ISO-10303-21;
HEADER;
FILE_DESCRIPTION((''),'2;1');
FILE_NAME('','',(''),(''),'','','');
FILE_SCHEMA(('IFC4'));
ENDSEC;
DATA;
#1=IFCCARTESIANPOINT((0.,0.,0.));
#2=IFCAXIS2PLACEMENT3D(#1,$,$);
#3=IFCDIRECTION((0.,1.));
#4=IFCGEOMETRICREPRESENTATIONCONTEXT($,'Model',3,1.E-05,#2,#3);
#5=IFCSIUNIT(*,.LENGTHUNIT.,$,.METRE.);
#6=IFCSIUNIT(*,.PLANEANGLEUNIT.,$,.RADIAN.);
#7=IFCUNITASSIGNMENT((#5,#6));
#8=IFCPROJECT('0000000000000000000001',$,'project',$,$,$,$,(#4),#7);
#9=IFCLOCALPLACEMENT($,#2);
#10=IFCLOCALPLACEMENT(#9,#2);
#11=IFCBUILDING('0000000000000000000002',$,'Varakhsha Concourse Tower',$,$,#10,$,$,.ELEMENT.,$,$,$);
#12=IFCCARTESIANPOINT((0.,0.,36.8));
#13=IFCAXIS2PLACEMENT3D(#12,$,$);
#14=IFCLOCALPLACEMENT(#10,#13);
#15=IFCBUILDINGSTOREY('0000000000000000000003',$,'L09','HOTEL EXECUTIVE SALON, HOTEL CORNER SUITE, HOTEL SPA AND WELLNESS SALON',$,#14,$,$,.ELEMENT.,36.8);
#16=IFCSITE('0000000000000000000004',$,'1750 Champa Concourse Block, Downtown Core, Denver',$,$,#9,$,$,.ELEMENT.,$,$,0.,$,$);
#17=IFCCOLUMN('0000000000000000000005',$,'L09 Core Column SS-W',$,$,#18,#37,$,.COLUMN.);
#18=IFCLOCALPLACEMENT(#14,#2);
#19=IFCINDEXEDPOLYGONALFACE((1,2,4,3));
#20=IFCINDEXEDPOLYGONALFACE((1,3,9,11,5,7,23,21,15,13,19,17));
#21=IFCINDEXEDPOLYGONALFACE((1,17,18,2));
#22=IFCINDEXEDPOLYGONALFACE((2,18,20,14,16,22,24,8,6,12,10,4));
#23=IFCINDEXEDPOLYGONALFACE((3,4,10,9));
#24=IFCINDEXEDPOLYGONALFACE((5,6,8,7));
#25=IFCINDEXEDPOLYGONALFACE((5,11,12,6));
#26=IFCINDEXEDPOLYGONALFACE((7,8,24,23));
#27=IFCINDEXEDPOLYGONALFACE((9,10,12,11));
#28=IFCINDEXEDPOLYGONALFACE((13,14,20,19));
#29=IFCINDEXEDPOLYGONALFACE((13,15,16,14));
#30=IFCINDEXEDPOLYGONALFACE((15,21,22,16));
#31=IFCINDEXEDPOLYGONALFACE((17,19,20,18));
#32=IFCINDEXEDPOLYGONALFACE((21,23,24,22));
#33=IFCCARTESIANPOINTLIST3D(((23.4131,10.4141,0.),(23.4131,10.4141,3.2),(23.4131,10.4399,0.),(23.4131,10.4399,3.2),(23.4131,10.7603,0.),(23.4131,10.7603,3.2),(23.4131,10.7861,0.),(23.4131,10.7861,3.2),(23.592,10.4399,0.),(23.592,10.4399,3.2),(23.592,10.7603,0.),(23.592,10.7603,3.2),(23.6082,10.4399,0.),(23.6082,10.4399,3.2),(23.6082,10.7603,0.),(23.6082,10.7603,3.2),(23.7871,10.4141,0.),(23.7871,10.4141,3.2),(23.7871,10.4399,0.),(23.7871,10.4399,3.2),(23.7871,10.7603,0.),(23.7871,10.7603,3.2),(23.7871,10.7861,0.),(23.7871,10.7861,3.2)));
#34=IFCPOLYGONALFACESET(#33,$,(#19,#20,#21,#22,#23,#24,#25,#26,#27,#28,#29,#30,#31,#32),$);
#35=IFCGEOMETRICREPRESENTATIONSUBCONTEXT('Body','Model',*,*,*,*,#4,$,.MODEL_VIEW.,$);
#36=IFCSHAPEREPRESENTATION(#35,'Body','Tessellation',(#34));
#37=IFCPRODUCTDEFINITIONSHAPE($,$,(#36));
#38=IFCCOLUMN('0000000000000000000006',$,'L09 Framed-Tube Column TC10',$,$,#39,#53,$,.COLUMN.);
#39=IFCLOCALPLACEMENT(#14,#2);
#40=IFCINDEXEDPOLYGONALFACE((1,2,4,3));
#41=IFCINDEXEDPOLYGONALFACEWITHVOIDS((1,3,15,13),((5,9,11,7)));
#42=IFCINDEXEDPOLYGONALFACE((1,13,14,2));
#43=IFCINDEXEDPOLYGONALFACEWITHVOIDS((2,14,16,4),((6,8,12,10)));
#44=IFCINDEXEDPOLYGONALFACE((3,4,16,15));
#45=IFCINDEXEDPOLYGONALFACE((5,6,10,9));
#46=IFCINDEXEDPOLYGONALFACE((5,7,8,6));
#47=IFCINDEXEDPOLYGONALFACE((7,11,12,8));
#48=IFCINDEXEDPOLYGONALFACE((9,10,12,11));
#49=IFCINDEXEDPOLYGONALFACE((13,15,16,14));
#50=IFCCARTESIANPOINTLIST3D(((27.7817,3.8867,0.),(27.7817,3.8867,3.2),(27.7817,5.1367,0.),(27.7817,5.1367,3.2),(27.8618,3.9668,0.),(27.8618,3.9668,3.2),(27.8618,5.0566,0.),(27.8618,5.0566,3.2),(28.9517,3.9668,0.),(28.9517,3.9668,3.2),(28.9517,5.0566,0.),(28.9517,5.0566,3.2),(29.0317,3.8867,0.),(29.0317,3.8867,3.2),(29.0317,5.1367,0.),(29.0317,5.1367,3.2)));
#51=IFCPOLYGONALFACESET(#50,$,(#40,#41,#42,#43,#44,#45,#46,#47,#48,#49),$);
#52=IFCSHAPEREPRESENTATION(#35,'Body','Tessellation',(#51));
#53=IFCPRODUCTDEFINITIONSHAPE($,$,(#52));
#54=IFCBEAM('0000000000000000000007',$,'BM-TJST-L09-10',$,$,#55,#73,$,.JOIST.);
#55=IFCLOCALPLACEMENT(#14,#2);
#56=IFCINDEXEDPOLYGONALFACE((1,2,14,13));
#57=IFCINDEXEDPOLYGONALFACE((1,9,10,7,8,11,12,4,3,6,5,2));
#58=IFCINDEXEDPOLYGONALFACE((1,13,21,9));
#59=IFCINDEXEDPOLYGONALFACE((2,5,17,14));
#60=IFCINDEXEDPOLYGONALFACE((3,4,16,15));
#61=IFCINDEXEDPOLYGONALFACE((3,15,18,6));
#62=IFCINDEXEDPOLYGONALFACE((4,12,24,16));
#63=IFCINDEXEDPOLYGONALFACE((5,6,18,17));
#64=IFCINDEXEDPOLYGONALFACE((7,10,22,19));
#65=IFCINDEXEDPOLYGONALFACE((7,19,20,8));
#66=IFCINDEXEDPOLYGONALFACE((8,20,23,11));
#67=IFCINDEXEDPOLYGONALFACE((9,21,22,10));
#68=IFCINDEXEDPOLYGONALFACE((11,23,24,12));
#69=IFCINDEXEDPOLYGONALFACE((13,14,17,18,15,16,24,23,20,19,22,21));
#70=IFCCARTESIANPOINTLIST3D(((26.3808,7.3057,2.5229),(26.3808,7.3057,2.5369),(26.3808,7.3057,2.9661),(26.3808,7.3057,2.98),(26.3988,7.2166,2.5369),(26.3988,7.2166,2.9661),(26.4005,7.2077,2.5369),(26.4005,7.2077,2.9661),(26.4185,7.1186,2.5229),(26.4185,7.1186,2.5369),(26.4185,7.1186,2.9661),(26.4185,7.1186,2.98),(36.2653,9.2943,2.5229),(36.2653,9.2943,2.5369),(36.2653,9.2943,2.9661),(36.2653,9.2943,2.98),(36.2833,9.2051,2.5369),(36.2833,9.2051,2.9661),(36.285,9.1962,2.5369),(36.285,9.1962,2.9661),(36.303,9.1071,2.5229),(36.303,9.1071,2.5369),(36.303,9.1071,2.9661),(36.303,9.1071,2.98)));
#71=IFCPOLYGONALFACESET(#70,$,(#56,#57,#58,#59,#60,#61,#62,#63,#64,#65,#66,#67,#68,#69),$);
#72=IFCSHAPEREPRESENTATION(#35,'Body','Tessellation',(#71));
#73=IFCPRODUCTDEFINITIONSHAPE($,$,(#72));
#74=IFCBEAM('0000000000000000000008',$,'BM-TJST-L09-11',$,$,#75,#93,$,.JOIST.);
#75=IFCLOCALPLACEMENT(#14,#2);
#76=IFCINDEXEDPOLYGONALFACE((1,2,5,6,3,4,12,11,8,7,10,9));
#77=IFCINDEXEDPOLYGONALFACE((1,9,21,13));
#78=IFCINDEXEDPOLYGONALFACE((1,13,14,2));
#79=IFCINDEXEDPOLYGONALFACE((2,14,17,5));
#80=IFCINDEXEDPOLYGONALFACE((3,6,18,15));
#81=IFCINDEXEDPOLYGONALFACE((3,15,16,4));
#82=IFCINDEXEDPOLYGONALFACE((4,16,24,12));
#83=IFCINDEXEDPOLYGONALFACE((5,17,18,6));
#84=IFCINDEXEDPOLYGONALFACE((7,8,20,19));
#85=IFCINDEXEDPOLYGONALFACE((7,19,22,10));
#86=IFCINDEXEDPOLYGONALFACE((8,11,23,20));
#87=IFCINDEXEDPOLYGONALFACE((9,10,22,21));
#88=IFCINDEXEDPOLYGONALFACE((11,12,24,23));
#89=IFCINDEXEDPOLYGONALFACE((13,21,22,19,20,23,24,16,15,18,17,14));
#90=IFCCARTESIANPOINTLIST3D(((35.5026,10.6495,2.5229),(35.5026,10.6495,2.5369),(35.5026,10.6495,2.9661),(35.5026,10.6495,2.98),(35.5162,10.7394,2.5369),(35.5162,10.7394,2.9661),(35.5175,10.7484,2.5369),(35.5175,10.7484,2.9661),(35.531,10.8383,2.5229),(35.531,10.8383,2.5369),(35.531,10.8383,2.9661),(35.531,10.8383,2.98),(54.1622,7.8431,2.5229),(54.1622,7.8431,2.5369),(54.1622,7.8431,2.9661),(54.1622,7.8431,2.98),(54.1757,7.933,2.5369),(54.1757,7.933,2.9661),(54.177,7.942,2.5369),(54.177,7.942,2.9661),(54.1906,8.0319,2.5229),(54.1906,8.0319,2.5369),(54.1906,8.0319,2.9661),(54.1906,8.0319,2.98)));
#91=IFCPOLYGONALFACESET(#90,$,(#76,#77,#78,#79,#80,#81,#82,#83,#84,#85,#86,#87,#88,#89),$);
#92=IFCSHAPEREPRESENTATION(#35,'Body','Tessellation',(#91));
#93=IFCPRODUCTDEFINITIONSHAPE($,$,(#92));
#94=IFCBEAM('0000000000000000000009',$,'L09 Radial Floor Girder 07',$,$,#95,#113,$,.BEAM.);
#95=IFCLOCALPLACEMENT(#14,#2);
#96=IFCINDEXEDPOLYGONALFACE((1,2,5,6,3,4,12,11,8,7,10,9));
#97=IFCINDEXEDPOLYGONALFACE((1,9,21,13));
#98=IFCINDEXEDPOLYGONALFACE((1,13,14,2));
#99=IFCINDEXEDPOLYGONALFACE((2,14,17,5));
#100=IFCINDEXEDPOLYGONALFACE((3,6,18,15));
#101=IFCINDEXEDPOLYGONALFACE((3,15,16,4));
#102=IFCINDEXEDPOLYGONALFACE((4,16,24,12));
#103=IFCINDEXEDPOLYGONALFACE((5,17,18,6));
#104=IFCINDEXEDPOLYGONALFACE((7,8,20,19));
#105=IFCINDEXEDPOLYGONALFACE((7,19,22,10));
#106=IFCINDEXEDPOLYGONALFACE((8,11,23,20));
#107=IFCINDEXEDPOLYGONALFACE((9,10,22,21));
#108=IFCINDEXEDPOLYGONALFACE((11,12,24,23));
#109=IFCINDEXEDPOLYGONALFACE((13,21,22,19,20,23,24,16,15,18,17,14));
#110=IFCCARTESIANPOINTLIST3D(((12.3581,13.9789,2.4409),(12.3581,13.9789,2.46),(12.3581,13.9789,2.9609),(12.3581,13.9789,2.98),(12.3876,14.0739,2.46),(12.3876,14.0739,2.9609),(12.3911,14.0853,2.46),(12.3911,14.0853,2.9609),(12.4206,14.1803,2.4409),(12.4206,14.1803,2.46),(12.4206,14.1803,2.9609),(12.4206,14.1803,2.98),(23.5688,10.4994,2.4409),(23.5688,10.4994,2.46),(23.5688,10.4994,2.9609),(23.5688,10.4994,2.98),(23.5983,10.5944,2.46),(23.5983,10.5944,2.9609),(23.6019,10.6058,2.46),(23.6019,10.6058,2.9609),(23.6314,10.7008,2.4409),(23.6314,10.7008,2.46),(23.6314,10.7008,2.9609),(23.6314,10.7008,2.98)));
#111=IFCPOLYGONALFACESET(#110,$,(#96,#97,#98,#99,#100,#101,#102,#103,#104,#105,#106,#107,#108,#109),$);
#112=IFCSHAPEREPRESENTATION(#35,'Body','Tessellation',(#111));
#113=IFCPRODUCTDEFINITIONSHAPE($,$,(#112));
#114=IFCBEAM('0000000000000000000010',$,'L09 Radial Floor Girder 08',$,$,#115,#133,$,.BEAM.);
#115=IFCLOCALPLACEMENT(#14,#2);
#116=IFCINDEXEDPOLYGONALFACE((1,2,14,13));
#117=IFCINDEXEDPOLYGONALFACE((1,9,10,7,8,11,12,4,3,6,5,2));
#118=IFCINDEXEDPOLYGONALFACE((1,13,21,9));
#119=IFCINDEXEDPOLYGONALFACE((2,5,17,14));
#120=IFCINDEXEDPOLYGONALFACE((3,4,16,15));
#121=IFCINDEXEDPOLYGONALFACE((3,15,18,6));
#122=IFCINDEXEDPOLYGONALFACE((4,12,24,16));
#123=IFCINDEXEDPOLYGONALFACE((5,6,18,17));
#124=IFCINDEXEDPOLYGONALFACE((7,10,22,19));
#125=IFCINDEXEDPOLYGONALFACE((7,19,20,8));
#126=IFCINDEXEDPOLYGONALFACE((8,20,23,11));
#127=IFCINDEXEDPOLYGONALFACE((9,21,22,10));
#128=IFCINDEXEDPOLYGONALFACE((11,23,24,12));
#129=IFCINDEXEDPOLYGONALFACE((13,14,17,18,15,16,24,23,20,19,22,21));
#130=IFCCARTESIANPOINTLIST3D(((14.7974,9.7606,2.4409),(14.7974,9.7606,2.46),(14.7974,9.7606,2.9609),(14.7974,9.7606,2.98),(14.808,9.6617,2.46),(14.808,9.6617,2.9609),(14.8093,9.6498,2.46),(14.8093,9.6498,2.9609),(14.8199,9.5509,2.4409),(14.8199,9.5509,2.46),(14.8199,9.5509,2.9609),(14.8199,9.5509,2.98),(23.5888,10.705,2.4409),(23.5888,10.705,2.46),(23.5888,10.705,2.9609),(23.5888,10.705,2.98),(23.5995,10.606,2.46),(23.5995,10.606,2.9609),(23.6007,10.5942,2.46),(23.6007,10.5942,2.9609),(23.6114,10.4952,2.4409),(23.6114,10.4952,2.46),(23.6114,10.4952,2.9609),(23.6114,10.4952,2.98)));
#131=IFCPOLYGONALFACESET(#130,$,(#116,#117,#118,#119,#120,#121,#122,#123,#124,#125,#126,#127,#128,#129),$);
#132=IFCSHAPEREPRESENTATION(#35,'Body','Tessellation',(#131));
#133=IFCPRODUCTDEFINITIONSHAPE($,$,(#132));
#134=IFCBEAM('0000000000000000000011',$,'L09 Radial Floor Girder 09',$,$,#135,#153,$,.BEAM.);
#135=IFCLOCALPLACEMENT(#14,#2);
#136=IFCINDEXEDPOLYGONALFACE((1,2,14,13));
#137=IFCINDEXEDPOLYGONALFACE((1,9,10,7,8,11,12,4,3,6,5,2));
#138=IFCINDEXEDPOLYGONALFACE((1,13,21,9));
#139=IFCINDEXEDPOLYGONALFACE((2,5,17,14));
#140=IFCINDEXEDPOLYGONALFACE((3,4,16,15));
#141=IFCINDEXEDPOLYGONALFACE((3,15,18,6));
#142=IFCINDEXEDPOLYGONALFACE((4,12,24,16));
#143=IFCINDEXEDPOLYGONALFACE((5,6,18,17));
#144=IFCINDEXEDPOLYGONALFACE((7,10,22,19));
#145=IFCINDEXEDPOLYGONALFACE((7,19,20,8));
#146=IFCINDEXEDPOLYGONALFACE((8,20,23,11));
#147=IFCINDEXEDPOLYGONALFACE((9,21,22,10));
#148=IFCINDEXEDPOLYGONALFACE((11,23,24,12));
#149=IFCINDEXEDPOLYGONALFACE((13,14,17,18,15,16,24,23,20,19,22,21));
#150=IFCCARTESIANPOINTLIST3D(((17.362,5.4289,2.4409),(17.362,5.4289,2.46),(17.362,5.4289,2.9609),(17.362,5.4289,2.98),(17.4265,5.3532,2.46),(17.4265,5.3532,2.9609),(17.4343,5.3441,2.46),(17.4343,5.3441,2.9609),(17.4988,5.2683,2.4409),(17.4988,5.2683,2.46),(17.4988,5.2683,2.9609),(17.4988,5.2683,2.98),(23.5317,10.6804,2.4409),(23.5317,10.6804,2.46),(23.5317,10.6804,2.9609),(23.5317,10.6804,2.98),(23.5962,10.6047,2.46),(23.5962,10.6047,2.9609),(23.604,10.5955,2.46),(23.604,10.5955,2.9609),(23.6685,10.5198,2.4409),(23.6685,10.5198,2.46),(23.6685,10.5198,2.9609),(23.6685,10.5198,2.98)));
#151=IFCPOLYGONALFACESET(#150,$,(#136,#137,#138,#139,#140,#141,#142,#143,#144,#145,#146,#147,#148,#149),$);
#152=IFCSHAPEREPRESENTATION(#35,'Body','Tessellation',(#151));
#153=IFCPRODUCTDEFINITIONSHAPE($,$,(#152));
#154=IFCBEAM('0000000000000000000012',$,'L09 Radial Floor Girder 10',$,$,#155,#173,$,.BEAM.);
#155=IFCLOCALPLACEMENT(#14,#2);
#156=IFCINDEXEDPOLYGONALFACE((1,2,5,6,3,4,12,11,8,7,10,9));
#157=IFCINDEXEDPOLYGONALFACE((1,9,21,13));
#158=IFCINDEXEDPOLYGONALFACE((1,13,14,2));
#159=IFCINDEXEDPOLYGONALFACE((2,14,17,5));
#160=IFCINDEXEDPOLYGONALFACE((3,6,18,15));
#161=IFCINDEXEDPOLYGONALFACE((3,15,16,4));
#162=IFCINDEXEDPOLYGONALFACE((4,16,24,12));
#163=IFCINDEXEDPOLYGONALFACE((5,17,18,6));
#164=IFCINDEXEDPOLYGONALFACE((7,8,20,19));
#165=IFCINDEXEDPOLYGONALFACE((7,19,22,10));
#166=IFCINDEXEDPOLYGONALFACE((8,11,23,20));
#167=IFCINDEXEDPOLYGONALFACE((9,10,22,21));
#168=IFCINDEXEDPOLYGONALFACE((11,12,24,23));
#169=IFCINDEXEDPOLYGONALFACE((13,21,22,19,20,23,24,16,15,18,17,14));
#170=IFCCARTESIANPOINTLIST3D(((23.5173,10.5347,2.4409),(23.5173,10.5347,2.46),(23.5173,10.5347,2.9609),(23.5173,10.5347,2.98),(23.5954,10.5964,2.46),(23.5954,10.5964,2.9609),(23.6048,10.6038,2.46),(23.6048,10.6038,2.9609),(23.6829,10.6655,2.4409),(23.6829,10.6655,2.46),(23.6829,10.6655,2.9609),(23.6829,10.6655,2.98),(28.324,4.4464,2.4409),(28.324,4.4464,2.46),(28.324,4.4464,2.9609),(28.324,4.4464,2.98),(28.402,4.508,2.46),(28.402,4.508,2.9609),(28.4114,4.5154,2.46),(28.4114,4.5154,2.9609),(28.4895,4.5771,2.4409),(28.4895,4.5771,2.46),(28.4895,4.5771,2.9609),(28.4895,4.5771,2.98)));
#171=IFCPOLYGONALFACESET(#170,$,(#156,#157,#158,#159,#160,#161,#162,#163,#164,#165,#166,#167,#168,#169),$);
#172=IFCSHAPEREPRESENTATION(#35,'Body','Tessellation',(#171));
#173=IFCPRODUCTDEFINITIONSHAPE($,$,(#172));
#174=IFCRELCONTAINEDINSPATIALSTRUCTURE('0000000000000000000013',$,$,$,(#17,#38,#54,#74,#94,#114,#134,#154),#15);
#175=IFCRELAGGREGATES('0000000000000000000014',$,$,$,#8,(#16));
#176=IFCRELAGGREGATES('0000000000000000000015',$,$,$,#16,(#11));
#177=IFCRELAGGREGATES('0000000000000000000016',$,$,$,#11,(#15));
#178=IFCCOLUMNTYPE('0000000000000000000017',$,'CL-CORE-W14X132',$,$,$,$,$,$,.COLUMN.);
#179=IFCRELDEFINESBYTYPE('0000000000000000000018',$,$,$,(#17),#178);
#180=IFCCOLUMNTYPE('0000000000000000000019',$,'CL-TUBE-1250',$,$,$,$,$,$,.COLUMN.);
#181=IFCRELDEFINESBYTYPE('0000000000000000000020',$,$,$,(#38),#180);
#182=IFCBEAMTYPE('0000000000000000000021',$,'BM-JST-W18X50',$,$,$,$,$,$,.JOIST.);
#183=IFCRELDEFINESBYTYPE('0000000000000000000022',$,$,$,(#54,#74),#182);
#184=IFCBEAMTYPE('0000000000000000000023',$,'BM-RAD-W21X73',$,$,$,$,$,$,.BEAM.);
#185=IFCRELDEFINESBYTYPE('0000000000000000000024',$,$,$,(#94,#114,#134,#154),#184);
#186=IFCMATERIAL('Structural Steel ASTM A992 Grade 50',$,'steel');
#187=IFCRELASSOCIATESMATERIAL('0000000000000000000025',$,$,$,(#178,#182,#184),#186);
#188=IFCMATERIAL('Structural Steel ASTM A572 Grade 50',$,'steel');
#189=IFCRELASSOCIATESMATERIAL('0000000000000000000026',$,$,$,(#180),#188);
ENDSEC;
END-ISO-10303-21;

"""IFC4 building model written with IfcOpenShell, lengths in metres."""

from ifc_helpers import new_model, si_unit, direction, frame, origin, origin_2d, place, context, subcontext, project, spatial, hollow_rectangle, i_section, extrude, material, material_profile, profile_set, type_object, element, save


model = new_model("IFC4")

# Units and contexts
model_context = context("Model", 3, precision=1e-05, world=origin(), true_north=direction((0.0, 1.0)))
body_context = subcontext(model_context, "Body", "Model", "MODEL_VIEW")
ifc_project = project(units=[si_unit("LENGTHUNIT", "METRE"), si_unit("PLANEANGLEUNIT", "RADIAN")], contexts=[model_context])

# Site, building, storey
site_placement = place(None, origin())
site = spatial("IfcSite", under=ifc_project, at=site_placement, Name="1750 Champa Concourse Block, Downtown Core, Denver", CompositionType="ELEMENT", RefElevation=0.0)
building_placement = place(site_placement, origin())
building = spatial("IfcBuilding", under=site, at=building_placement, Name="Varakhsha Concourse Tower", CompositionType="ELEMENT")
storey_placement = place(building_placement, frame((0.0, 0.0, 36.8)))
storey = spatial("IfcBuildingStorey", under=building, at=storey_placement, Name="L09", Description="HOTEL EXECUTIVE SALON, HOTEL CORNER SUITE, HOTEL SPA AND WELLNESS SALON", CompositionType="ELEMENT", Elevation=36.8)

# Columns
ifc_material_1 = material(Name="Structural Steel ASTM A992 Grade 50", Category="steel")
ifc_material_profile_1 = material_profile(ifc_material_1, i_section(OverallWidth=0.374, OverallDepth=0.3721, WebThickness=0.0161, FlangeThickness=0.0259, at=origin_2d()), Name="W14X132")
ifc_profile_set_1 = profile_set([ifc_material_profile_1], Name="Structural Steel ASTM A992 Grade 50")
column_type_1 = type_object("IfcColumnType", Name="CL-CORE-W14X132", PredefinedType="COLUMN", material=ifc_profile_set_1)
column_1_placement = place(storey_placement, frame((23.6001, 10.6001, 0.0), z_axis=(0.0, 0.0, 1.0), x_axis=(1.0, 0.0, 0.0)))
element("IfcColumn", 1, at=column_1_placement, inside=storey, type_object=column_type_1, Name="L09 Core Column SS-W", PredefinedType="COLUMN", context=body_context, shape_type="SweptSolid", body=[
    extrude(i_section(OverallWidth=0.374, OverallDepth=0.3721, WebThickness=0.0161, FlangeThickness=0.0259, at=origin_2d()), origin(), (0.0, 0.0, 1.0), 3.2),
])
ifc_material_2 = material(Name="Structural Steel ASTM A572 Grade 50", Category="steel")
ifc_material_profile_2 = material_profile(ifc_material_2, hollow_rectangle(XDim=1.25, YDim=1.25, WallThickness=0.0801, at=origin_2d()), Name="BOX 1250x1250x80")
ifc_profile_set_2 = profile_set([ifc_material_profile_2], Name="Structural Steel ASTM A572 Grade 50")
column_type_2 = type_object("IfcColumnType", Name="CL-TUBE-1250", PredefinedType="COLUMN", material=ifc_profile_set_2)
column_2_placement = place(storey_placement, frame((28.4067, 4.5117, 0.0), z_axis=(0.0, 0.0, 1.0), x_axis=(1.0, 0.0, 0.0)))
element("IfcColumn", 2, at=column_2_placement, inside=storey, type_object=column_type_2, Name="L09 Framed-Tube Column TC10", PredefinedType="COLUMN", context=body_context, shape_type="SweptSolid", body=[
    extrude(hollow_rectangle(XDim=1.25, YDim=1.25, WallThickness=0.0801, at=origin_2d()), origin(), (0.0, 0.0, 1.0), 3.2),
])

# Beams
ifc_material_profile_3 = material_profile(ifc_material_1, i_section(OverallWidth=0.1909, OverallDepth=0.457, WebThickness=0.009, FlangeThickness=0.0139, at=origin_2d()), Name="W18X50")
ifc_profile_set_3 = profile_set([ifc_material_profile_3], Name="Structural Steel ASTM A992 Grade 50")
beam_type_1 = type_object("IfcBeamType", Name="BM-JST-W18X50", PredefinedType="JOIST", material=ifc_profile_set_3)
beam_1_placement = place(storey_placement, frame((26.3997, 7.2122, 2.7515), z_axis=(0.980358, 0.197224, 0.0), x_axis=(-0.197224, 0.980358, 0.0)))
element("IfcBeam", 3, at=beam_1_placement, inside=storey, type_object=beam_type_1, Name="BM-TJST-L09-10", PredefinedType="JOIST", context=body_context, shape_type="SweptSolid", body=[
    extrude(i_section(OverallWidth=0.1909, OverallDepth=0.457, WebThickness=0.009, FlangeThickness=0.0139, at=origin_2d()), origin(), (0.0, 0.0, 1.0), 10.0825),
])
beam_2_placement = place(storey_placement, frame((35.5168, 10.7439, 2.7515), z_axis=(0.988878, -0.148728, 0.0), x_axis=(0.148728, 0.988878, 0.0)))
element("IfcBeam", 4, at=beam_2_placement, inside=storey, type_object=beam_type_1, Name="BM-TJST-L09-11", PredefinedType="JOIST", context=body_context, shape_type="SweptSolid", body=[
    extrude(i_section(OverallWidth=0.1909, OverallDepth=0.457, WebThickness=0.009, FlangeThickness=0.0139, at=origin_2d()), origin(), (0.0, 0.0, 1.0), 18.8694),
])
ifc_material_profile_4 = material_profile(ifc_material_1, i_section(OverallWidth=0.2109, OverallDepth=0.5391, WebThickness=0.012, FlangeThickness=0.019, at=origin_2d()), Name="W21X73")
ifc_profile_set_4 = profile_set([ifc_material_profile_4], Name="Structural Steel ASTM A992 Grade 50")
beam_type_2 = type_object("IfcBeamType", Name="BM-RAD-W21X73", PredefinedType="BEAM", material=ifc_profile_set_4)
beam_3_placement = place(storey_placement, frame((23.6001, 10.6001, 2.7104), z_axis=(-0.955057, 0.296423, 0.0), x_axis=(-0.296423, -0.955057, 0.0)))
element("IfcBeam", 5, at=beam_3_placement, inside=storey, type_object=beam_type_2, Name="L09 Radial Floor Girder 07", PredefinedType="BEAM", context=body_context, shape_type="SweptSolid", body=[
    extrude(i_section(OverallWidth=0.2109, OverallDepth=0.5391, WebThickness=0.012, FlangeThickness=0.019, at=origin_2d()), origin(), (0.0, 0.0, 1.0), 11.7383),
])
beam_4_placement = place(storey_placement, frame((23.6001, 10.6001, 2.7104), z_axis=(-0.99428, -0.1068, 0.0), x_axis=(0.1068, -0.99428, 0.0)))
element("IfcBeam", 6, at=beam_4_placement, inside=storey, type_object=beam_type_2, Name="L09 Radial Floor Girder 08", PredefinedType="BEAM", context=body_context, shape_type="SweptSolid", body=[
    extrude(i_section(OverallWidth=0.2109, OverallDepth=0.5391, WebThickness=0.012, FlangeThickness=0.019, at=origin_2d()), origin(), (0.0, 0.0, 1.0), 8.842),
])
beam_5_placement = place(storey_placement, frame((23.6001, 10.6001, 2.7104), z_axis=(-0.761498, -0.648167, 0.0), x_axis=(0.648167, -0.761498, 0.0)))
element("IfcBeam", 7, at=beam_5_placement, inside=storey, type_object=beam_type_2, Name="L09 Radial Floor Girder 09", PredefinedType="BEAM", context=body_context, shape_type="SweptSolid", body=[
    extrude(i_section(OverallWidth=0.2109, OverallDepth=0.5391, WebThickness=0.012, FlangeThickness=0.019, at=origin_2d()), origin(), (0.0, 0.0, 1.0), 8.1021),
])
beam_6_placement = place(storey_placement, frame((23.6001, 10.6001, 2.7104), z_axis=(0.619646, -0.784881, 0.0), x_axis=(0.784881, 0.619646, 0.0)))
element("IfcBeam", 8, at=beam_6_placement, inside=storey, type_object=beam_type_2, Name="L09 Radial Floor Girder 10", PredefinedType="BEAM", context=body_context, shape_type="SweptSolid", body=[
    extrude(i_section(OverallWidth=0.2109, OverallDepth=0.5391, WebThickness=0.012, FlangeThickness=0.019, at=origin_2d()), origin(), (0.0, 0.0, 1.0), 7.7571),
])

save(model, "model.ifc")
